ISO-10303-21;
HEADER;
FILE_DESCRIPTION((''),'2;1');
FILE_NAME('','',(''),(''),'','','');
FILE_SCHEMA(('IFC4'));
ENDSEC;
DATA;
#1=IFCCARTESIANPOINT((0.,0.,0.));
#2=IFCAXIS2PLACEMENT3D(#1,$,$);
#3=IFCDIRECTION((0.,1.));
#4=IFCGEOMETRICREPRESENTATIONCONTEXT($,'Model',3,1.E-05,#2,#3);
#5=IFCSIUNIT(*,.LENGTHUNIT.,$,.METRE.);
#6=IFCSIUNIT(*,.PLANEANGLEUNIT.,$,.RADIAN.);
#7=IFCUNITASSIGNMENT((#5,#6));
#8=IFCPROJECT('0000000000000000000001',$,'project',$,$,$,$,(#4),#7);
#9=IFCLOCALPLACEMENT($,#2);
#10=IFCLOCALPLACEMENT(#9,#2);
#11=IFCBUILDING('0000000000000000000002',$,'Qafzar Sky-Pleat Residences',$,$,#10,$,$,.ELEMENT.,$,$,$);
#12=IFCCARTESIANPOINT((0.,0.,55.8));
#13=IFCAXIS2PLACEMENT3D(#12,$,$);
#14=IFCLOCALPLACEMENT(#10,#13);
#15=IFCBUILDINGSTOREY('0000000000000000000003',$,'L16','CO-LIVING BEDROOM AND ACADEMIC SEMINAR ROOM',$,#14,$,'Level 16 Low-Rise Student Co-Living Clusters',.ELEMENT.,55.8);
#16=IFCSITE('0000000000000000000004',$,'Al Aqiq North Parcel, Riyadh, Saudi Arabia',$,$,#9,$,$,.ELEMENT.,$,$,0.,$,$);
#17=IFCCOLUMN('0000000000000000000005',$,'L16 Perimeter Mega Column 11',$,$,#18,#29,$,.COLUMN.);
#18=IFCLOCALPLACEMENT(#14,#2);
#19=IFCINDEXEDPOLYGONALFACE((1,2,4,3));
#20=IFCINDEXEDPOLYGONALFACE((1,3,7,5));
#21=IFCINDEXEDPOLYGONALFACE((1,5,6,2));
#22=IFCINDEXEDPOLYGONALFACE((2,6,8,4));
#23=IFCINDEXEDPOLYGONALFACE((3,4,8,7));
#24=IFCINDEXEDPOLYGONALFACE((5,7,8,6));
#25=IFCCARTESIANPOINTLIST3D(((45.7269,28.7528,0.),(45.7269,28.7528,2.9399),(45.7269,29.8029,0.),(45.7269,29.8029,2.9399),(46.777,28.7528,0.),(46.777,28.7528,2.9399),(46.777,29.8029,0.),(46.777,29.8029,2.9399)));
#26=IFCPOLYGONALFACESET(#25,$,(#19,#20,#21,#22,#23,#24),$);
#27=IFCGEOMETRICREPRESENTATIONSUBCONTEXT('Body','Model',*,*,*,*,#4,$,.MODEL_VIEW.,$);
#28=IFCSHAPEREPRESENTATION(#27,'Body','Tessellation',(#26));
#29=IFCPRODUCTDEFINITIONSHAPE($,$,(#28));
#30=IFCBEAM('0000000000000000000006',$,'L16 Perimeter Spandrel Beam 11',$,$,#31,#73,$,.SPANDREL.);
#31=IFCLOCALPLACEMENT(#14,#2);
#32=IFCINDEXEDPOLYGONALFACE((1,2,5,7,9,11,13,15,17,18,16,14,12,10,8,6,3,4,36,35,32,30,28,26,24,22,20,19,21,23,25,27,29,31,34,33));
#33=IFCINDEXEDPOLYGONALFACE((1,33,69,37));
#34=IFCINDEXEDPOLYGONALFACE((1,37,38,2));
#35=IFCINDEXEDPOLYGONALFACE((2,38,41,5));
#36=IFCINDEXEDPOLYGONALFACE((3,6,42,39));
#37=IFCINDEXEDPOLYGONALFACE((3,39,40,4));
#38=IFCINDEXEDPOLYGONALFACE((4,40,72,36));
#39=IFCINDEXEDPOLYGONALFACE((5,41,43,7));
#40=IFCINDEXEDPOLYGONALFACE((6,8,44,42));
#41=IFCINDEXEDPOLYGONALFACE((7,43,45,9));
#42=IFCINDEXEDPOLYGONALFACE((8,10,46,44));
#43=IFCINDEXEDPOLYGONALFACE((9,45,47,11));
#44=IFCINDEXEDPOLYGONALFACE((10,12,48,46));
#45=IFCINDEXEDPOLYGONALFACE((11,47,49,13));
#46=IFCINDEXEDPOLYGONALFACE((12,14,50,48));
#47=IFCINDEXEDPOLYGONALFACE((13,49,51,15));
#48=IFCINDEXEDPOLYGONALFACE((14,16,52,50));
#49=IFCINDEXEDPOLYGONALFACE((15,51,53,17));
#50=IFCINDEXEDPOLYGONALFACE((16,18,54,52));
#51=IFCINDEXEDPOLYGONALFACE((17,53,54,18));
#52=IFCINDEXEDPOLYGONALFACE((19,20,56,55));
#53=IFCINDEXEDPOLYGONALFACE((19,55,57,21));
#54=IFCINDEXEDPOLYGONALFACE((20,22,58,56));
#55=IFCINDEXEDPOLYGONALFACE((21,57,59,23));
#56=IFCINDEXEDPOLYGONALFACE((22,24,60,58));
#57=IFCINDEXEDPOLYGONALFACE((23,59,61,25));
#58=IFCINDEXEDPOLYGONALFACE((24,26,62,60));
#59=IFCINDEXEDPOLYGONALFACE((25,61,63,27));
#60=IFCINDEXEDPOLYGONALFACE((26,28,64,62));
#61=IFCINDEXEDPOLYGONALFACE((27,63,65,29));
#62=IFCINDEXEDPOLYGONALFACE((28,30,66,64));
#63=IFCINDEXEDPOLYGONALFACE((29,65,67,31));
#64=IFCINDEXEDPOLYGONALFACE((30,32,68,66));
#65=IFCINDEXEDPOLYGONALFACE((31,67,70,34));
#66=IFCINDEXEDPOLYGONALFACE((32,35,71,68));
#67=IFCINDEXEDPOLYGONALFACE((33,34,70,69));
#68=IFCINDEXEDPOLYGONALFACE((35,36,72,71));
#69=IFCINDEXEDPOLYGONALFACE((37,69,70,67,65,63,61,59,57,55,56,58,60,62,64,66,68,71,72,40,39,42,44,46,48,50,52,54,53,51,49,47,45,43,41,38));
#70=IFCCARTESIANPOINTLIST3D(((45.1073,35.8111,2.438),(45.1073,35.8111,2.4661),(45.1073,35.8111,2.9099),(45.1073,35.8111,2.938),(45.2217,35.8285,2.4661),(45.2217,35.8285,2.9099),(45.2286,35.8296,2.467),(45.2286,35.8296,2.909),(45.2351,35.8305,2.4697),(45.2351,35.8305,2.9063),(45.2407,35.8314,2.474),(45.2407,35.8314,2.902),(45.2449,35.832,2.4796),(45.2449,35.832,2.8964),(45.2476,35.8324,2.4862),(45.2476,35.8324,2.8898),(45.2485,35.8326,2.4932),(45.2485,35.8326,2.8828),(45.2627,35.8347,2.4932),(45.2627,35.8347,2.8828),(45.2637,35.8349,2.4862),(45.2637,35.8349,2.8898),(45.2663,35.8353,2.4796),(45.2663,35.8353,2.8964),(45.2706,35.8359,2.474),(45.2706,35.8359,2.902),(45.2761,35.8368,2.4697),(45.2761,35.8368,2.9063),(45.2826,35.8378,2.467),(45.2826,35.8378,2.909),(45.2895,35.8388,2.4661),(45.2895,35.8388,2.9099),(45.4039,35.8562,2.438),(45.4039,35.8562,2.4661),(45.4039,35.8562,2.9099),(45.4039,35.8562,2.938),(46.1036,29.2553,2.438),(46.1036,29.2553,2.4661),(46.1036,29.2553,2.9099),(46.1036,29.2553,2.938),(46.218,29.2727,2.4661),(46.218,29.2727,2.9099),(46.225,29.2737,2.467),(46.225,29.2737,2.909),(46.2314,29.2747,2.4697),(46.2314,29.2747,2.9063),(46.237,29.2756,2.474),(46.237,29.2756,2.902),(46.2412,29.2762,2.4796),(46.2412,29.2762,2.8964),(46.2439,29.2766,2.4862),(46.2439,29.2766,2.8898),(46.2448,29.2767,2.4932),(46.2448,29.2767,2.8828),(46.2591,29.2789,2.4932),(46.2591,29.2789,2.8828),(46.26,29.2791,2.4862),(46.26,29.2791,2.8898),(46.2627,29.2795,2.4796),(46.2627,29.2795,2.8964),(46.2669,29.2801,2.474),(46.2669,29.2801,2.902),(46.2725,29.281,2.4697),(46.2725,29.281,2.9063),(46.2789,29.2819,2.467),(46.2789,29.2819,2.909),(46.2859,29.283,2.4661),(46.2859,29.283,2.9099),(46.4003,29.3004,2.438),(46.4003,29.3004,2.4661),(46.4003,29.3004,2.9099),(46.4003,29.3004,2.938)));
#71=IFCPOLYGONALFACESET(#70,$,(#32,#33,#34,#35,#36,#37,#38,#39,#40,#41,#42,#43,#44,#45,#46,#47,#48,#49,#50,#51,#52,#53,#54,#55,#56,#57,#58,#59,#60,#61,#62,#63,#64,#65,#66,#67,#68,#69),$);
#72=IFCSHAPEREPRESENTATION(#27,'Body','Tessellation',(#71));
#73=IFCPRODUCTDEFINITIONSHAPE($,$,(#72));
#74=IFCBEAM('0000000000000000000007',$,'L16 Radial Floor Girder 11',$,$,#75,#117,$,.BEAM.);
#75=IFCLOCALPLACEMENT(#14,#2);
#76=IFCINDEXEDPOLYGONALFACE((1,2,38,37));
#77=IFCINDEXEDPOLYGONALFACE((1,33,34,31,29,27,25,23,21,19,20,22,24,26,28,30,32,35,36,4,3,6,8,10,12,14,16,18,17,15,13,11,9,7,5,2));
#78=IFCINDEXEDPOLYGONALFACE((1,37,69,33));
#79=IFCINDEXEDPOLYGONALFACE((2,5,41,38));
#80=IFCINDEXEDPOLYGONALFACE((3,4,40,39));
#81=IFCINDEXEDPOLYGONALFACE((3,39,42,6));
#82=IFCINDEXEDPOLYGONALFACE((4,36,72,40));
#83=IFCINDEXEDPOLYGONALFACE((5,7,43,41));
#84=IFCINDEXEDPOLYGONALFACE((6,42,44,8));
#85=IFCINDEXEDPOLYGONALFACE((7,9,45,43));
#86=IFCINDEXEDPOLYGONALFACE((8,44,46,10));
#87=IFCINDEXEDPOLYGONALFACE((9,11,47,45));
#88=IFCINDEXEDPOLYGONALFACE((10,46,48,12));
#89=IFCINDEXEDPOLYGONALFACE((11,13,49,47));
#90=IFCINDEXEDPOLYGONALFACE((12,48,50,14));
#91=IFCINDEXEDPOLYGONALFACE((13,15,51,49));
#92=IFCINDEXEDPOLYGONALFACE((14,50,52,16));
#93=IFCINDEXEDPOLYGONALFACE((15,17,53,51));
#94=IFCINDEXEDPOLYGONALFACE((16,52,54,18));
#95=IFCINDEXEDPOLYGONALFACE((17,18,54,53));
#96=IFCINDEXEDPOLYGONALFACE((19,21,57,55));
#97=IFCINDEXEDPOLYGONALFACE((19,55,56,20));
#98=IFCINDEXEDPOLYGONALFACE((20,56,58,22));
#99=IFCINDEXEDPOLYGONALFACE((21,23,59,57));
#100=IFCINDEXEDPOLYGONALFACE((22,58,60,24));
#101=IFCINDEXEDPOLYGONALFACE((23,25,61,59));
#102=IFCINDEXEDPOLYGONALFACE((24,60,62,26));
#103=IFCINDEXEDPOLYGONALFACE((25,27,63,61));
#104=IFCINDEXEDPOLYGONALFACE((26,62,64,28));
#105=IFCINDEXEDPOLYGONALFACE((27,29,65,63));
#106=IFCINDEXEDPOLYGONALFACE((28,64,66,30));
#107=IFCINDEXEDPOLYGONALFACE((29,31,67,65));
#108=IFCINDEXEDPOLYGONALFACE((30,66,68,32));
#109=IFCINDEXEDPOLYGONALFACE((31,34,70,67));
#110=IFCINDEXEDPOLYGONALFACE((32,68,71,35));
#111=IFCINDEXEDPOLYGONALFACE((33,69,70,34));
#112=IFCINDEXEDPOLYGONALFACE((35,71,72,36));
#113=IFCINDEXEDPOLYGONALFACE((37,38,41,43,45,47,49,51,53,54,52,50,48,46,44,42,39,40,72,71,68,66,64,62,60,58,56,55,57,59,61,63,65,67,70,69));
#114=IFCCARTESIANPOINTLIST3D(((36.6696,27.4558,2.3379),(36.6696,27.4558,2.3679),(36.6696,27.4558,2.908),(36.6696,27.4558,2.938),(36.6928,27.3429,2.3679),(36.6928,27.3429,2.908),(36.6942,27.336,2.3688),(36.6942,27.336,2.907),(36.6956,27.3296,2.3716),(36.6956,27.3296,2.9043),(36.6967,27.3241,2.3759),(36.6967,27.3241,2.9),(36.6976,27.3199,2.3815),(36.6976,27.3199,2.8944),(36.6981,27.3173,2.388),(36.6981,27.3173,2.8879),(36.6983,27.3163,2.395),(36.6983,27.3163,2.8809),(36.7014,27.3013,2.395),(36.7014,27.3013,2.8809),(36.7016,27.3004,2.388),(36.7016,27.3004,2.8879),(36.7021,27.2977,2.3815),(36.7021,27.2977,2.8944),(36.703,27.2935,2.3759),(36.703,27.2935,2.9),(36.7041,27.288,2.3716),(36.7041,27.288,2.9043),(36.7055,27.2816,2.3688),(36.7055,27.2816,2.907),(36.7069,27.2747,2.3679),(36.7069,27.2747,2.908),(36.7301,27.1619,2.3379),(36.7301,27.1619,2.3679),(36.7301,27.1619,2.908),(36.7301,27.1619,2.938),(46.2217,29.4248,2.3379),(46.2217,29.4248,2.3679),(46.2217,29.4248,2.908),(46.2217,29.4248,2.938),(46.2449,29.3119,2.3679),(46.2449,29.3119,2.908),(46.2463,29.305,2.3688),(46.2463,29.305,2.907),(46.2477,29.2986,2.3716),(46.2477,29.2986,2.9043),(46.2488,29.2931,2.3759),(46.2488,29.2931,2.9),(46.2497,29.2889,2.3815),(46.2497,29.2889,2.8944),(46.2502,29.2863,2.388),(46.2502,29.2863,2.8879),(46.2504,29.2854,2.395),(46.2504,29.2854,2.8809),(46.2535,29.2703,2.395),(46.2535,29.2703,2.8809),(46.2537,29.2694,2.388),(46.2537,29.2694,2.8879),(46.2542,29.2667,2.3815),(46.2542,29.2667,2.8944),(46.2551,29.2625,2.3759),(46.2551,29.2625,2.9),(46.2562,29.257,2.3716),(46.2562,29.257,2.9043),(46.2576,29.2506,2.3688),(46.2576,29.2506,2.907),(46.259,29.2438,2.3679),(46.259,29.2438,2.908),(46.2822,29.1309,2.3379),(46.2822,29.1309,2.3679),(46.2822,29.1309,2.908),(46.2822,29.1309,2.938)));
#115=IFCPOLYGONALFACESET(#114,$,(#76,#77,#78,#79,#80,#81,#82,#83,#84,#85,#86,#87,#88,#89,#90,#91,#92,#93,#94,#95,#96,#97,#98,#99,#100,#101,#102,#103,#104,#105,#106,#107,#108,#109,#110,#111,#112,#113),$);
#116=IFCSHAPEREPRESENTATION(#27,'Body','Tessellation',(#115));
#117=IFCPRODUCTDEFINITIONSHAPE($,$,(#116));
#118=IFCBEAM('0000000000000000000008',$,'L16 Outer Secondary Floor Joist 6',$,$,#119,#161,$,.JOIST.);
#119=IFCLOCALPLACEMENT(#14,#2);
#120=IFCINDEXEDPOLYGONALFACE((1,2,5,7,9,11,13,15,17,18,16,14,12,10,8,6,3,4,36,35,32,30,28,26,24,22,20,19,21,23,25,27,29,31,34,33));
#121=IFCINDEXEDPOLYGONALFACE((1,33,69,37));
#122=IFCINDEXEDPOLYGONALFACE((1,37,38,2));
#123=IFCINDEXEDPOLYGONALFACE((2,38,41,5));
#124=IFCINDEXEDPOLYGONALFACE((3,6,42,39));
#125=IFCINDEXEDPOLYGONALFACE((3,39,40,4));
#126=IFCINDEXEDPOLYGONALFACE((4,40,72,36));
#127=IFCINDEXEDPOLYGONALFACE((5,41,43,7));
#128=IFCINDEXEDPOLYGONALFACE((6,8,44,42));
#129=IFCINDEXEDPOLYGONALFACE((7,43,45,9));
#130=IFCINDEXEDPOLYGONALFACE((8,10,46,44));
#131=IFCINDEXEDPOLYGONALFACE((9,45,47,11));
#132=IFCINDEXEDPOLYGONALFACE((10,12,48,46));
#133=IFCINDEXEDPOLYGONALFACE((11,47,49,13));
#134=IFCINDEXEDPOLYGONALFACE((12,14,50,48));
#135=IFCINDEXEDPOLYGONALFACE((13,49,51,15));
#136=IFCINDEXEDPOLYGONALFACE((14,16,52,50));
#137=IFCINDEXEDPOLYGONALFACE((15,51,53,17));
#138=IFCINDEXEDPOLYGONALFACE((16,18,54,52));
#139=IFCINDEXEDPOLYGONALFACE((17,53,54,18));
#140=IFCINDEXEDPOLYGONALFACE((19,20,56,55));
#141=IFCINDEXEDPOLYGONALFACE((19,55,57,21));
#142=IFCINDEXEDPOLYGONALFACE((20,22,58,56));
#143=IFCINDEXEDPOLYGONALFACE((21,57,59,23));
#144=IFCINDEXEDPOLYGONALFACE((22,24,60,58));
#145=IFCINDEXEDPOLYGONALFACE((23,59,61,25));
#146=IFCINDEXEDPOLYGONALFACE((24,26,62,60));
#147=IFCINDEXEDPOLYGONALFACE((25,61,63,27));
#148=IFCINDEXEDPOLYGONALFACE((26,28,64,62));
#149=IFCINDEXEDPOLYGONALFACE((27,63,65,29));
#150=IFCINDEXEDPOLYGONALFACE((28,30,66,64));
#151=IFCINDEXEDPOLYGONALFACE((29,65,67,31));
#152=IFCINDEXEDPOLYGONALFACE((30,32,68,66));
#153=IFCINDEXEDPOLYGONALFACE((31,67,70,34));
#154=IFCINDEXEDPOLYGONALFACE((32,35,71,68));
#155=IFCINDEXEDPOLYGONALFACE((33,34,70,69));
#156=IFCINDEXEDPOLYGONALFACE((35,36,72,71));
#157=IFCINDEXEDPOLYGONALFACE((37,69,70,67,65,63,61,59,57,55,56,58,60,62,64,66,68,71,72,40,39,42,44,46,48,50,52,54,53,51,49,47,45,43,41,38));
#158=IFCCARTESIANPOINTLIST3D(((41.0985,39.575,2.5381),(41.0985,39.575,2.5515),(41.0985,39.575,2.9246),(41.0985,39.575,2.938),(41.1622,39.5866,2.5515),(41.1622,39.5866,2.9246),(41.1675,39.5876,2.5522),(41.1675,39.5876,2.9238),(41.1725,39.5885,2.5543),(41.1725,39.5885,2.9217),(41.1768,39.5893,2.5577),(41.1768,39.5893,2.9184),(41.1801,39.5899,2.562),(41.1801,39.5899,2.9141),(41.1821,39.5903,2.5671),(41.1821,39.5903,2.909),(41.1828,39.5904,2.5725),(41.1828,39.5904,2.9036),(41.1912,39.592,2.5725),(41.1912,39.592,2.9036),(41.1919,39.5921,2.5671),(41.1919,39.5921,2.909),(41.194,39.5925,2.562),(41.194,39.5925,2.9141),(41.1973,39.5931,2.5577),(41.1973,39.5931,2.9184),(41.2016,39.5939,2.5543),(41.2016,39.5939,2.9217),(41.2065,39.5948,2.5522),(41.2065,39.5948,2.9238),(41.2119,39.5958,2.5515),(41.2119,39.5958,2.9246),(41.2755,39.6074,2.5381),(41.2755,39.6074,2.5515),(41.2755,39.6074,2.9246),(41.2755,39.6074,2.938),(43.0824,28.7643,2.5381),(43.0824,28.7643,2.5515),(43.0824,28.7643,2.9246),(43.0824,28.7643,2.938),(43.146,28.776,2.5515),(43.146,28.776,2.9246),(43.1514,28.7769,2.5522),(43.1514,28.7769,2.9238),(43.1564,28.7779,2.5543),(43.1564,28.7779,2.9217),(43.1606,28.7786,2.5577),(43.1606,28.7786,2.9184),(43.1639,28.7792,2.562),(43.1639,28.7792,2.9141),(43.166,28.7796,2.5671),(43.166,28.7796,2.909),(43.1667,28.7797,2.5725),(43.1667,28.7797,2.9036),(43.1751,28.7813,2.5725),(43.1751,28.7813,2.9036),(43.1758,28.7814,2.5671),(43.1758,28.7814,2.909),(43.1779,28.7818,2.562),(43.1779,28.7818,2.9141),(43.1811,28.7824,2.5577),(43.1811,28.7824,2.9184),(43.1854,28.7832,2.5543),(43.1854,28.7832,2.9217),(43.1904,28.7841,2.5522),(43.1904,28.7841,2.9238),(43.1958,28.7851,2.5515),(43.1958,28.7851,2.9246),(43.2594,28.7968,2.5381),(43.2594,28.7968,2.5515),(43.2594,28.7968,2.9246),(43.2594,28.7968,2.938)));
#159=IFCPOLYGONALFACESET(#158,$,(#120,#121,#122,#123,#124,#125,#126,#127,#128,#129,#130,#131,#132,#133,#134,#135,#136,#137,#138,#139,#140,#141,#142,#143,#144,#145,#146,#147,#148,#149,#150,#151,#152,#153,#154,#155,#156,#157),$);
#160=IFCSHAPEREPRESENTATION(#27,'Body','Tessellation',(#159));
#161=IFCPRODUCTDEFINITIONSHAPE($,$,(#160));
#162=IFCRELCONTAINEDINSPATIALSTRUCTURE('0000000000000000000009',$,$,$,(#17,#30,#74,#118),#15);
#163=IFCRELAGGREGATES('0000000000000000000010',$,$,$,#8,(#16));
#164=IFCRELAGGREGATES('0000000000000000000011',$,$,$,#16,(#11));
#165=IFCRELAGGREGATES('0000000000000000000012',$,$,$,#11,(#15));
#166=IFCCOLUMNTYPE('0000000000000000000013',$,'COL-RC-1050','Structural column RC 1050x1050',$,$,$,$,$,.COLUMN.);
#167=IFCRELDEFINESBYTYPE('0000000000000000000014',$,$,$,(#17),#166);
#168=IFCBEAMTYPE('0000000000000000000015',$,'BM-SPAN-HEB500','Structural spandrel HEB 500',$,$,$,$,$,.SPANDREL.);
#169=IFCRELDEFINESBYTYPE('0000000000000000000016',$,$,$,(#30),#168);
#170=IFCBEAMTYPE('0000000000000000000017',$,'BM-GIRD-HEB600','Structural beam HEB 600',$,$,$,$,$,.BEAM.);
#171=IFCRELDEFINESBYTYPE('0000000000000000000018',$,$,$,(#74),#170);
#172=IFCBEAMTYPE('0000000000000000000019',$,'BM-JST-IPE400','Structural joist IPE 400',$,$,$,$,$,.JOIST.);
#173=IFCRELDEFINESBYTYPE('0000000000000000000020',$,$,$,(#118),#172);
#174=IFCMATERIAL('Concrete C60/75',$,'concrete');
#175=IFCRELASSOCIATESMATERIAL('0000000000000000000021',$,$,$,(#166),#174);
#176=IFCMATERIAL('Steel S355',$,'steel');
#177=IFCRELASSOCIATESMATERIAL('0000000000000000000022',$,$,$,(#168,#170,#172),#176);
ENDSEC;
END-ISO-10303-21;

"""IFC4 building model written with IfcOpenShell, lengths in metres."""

from ifc_helpers import new_model, si_unit, direction, frame, origin, origin_2d, place, context, subcontext, project, spatial, rectangle, i_section, extrude, source, transform, mapped, material, material_profile, profile_set, type_object, element, save


model = new_model("IFC4")

# Units and contexts
model_context = context("Model", 3, precision=1e-05, world=origin(), true_north=direction((0.0, 1.0)))
body_context = subcontext(model_context, "Body", "Model", "MODEL_VIEW")
ifc_project = project(units=[si_unit("LENGTHUNIT", "METRE"), si_unit("PLANEANGLEUNIT", "RADIAN")], contexts=[model_context])

# Site, building, storey
site_placement = place(None, origin())
site = spatial("IfcSite", under=ifc_project, at=site_placement, Name="Al Aqiq North Parcel, Riyadh, Saudi Arabia", CompositionType="ELEMENT", RefElevation=0.0)
building_placement = place(site_placement, origin())
building = spatial("IfcBuilding", under=site, at=building_placement, Name="Qafzar Sky-Pleat Residences", CompositionType="ELEMENT")
storey_placement = place(building_placement, frame((0.0, 0.0, 55.8)))
storey = spatial("IfcBuildingStorey", under=building, at=storey_placement, Name="L16", Description="CO-LIVING BEDROOM AND ACADEMIC SEMINAR ROOM", LongName="Level 16 Low-Rise Student Co-Living Clusters", CompositionType="ELEMENT", Elevation=55.8)

# Column
ifc_material_1 = material(Name="Concrete C60/75", Category="concrete")
ifc_material_profile_1 = material_profile(ifc_material_1, rectangle(XDim=1.05, YDim=1.05, at=origin_2d()), Name="RC 1050x1050")
ifc_profile_set_1 = profile_set([ifc_material_profile_1], Name="Concrete C60/75")
column_type = type_object("IfcColumnType", Name="COL-RC-1050", Description="Structural column RC 1050x1050", PredefinedType="COLUMN", material=ifc_profile_set_1)
shared_shape_1 = source(origin(), body_context, "Body", "SweptSolid", [
    extrude(rectangle(XDim=1.05, YDim=1.05, at=origin_2d()), origin(), (0.0, 0.0, 1.0), 2.9399),
])
column_placement = place(storey_placement, frame((46.252, 29.2778, 0.0), z_axis=(0.0, 0.0, 1.0), x_axis=(1.0, 0.0, 0.0)))
element("IfcColumn", 1, at=column_placement, inside=storey, type_object=column_type, Name="L16 Perimeter Mega Column 11", PredefinedType="COLUMN", context=body_context, shape_type="MappedRepresentation", body=[
    mapped(shared_shape_1, transform((0.0, 0.0, 0.0), x_axis=(1.0, 0.0, 0.0), y_axis=(0.0, 1.0, 0.0), z_axis=(0.0, 0.0, 1.0), scale=1.0)),
])

# Beams
ifc_material_2 = material(Name="Steel S355", Category="steel")
ifc_material_profile_2 = material_profile(ifc_material_2, i_section(OverallWidth=0.3, OverallDepth=0.5, WebThickness=0.0144, FlangeThickness=0.0281, FilletRadius=0.0271, at=origin_2d()), Name="HEB 500")
ifc_profile_set_2 = profile_set([ifc_material_profile_2], Name="Steel S355")
beam_type_1 = type_object("IfcBeamType", Name="BM-SPAN-HEB500", Description="Structural spandrel HEB 500", PredefinedType="SPANDREL", material=ifc_profile_set_2)
shared_shape_2 = source(origin(), body_context, "Body", "SweptSolid", [
    extrude(i_section(OverallWidth=0.3, OverallDepth=0.5, WebThickness=0.0144, FlangeThickness=0.0281, FilletRadius=0.0271, at=origin_2d()), origin(), (0.0, 0.0, 1.0), 6.6311),
])
beam_1_placement = place(storey_placement, frame((46.252, 29.2778, 2.688), z_axis=(-0.15025, 0.988648, 0.0), x_axis=(-0.988648, -0.15025, 0.0)))
element("IfcBeam", 2, at=beam_1_placement, inside=storey, type_object=beam_type_1, Name="L16 Perimeter Spandrel Beam 11", PredefinedType="SPANDREL", context=body_context, shape_type="MappedRepresentation", body=[
    mapped(shared_shape_2, transform((0.0, 0.0, 0.0), x_axis=(1.0, 0.0, 0.0), y_axis=(0.0, 1.0, 0.0), z_axis=(0.0, 0.0, 1.0), scale=1.0)),
])
ifc_material_profile_3 = material_profile(ifc_material_2, i_section(OverallWidth=0.3, OverallDepth=0.6001, WebThickness=0.0154, FlangeThickness=0.03, FilletRadius=0.0271, at=origin_2d()), Name="HEB 600")
ifc_profile_set_3 = profile_set([ifc_material_profile_3], Name="Steel S355")
beam_type_2 = type_object("IfcBeamType", Name="BM-GIRD-HEB600", Description="Structural beam HEB 600", PredefinedType="BEAM", material=ifc_profile_set_3)
shared_shape_3 = source(origin(), body_context, "Body", "SweptSolid", [
    extrude(i_section(OverallWidth=0.3, OverallDepth=0.6001, WebThickness=0.0154, FlangeThickness=0.03, FilletRadius=0.0271, at=origin_2d()), origin(), (0.0, 0.0, 1.0), 9.7529),
])
beam_2_placement = place(storey_placement, frame((46.252, 29.2778, 2.6379), z_axis=(-0.979408, -0.20189, 0.0), x_axis=(0.20189, -0.979408, 0.0)))
element("IfcBeam", 3, at=beam_2_placement, inside=storey, type_object=beam_type_2, Name="L16 Radial Floor Girder 11", PredefinedType="BEAM", context=body_context, shape_type="MappedRepresentation", body=[
    mapped(shared_shape_3, transform((0.0, 0.0, 0.0), x_axis=(1.0, 0.0, 0.0), y_axis=(0.0, 1.0, 0.0), z_axis=(0.0, 0.0, 1.0), scale=1.0)),
])
ifc_material_profile_4 = material_profile(ifc_material_2, i_section(OverallWidth=0.1799, OverallDepth=0.3999, WebThickness=0.0085, FlangeThickness=0.0134, FilletRadius=0.021, at=origin_2d()), Name="IPE 400")
ifc_profile_set_4 = profile_set([ifc_material_profile_4], Name="Steel S355")
beam_type_3 = type_object("IfcBeamType", Name="BM-JST-IPE400", Description="Structural joist IPE 400", PredefinedType="JOIST", material=ifc_profile_set_4)
shared_shape_4 = source(origin(), body_context, "Body", "SweptSolid", [
    extrude(i_section(OverallWidth=0.1799, OverallDepth=0.3999, WebThickness=0.0085, FlangeThickness=0.0134, FilletRadius=0.021, at=origin_2d()), origin(), (0.0, 0.0, 1.0), 10.9912),
])
beam_3_placement = place(storey_placement, frame((43.1709, 28.7805, 2.738), z_axis=(-0.180496, 0.983576, 0.0), x_axis=(-0.983576, -0.180496, 0.0)))
element("IfcBeam", 4, at=beam_3_placement, inside=storey, type_object=beam_type_3, Name="L16 Outer Secondary Floor Joist 6", PredefinedType="JOIST", context=body_context, shape_type="MappedRepresentation", body=[
    mapped(shared_shape_4, transform((0.0, 0.0, 0.0), x_axis=(1.0, 0.0, 0.0), y_axis=(0.0, 1.0, 0.0), z_axis=(0.0, 0.0, 1.0), scale=1.0)),
])

save(model, "model.ifc")
